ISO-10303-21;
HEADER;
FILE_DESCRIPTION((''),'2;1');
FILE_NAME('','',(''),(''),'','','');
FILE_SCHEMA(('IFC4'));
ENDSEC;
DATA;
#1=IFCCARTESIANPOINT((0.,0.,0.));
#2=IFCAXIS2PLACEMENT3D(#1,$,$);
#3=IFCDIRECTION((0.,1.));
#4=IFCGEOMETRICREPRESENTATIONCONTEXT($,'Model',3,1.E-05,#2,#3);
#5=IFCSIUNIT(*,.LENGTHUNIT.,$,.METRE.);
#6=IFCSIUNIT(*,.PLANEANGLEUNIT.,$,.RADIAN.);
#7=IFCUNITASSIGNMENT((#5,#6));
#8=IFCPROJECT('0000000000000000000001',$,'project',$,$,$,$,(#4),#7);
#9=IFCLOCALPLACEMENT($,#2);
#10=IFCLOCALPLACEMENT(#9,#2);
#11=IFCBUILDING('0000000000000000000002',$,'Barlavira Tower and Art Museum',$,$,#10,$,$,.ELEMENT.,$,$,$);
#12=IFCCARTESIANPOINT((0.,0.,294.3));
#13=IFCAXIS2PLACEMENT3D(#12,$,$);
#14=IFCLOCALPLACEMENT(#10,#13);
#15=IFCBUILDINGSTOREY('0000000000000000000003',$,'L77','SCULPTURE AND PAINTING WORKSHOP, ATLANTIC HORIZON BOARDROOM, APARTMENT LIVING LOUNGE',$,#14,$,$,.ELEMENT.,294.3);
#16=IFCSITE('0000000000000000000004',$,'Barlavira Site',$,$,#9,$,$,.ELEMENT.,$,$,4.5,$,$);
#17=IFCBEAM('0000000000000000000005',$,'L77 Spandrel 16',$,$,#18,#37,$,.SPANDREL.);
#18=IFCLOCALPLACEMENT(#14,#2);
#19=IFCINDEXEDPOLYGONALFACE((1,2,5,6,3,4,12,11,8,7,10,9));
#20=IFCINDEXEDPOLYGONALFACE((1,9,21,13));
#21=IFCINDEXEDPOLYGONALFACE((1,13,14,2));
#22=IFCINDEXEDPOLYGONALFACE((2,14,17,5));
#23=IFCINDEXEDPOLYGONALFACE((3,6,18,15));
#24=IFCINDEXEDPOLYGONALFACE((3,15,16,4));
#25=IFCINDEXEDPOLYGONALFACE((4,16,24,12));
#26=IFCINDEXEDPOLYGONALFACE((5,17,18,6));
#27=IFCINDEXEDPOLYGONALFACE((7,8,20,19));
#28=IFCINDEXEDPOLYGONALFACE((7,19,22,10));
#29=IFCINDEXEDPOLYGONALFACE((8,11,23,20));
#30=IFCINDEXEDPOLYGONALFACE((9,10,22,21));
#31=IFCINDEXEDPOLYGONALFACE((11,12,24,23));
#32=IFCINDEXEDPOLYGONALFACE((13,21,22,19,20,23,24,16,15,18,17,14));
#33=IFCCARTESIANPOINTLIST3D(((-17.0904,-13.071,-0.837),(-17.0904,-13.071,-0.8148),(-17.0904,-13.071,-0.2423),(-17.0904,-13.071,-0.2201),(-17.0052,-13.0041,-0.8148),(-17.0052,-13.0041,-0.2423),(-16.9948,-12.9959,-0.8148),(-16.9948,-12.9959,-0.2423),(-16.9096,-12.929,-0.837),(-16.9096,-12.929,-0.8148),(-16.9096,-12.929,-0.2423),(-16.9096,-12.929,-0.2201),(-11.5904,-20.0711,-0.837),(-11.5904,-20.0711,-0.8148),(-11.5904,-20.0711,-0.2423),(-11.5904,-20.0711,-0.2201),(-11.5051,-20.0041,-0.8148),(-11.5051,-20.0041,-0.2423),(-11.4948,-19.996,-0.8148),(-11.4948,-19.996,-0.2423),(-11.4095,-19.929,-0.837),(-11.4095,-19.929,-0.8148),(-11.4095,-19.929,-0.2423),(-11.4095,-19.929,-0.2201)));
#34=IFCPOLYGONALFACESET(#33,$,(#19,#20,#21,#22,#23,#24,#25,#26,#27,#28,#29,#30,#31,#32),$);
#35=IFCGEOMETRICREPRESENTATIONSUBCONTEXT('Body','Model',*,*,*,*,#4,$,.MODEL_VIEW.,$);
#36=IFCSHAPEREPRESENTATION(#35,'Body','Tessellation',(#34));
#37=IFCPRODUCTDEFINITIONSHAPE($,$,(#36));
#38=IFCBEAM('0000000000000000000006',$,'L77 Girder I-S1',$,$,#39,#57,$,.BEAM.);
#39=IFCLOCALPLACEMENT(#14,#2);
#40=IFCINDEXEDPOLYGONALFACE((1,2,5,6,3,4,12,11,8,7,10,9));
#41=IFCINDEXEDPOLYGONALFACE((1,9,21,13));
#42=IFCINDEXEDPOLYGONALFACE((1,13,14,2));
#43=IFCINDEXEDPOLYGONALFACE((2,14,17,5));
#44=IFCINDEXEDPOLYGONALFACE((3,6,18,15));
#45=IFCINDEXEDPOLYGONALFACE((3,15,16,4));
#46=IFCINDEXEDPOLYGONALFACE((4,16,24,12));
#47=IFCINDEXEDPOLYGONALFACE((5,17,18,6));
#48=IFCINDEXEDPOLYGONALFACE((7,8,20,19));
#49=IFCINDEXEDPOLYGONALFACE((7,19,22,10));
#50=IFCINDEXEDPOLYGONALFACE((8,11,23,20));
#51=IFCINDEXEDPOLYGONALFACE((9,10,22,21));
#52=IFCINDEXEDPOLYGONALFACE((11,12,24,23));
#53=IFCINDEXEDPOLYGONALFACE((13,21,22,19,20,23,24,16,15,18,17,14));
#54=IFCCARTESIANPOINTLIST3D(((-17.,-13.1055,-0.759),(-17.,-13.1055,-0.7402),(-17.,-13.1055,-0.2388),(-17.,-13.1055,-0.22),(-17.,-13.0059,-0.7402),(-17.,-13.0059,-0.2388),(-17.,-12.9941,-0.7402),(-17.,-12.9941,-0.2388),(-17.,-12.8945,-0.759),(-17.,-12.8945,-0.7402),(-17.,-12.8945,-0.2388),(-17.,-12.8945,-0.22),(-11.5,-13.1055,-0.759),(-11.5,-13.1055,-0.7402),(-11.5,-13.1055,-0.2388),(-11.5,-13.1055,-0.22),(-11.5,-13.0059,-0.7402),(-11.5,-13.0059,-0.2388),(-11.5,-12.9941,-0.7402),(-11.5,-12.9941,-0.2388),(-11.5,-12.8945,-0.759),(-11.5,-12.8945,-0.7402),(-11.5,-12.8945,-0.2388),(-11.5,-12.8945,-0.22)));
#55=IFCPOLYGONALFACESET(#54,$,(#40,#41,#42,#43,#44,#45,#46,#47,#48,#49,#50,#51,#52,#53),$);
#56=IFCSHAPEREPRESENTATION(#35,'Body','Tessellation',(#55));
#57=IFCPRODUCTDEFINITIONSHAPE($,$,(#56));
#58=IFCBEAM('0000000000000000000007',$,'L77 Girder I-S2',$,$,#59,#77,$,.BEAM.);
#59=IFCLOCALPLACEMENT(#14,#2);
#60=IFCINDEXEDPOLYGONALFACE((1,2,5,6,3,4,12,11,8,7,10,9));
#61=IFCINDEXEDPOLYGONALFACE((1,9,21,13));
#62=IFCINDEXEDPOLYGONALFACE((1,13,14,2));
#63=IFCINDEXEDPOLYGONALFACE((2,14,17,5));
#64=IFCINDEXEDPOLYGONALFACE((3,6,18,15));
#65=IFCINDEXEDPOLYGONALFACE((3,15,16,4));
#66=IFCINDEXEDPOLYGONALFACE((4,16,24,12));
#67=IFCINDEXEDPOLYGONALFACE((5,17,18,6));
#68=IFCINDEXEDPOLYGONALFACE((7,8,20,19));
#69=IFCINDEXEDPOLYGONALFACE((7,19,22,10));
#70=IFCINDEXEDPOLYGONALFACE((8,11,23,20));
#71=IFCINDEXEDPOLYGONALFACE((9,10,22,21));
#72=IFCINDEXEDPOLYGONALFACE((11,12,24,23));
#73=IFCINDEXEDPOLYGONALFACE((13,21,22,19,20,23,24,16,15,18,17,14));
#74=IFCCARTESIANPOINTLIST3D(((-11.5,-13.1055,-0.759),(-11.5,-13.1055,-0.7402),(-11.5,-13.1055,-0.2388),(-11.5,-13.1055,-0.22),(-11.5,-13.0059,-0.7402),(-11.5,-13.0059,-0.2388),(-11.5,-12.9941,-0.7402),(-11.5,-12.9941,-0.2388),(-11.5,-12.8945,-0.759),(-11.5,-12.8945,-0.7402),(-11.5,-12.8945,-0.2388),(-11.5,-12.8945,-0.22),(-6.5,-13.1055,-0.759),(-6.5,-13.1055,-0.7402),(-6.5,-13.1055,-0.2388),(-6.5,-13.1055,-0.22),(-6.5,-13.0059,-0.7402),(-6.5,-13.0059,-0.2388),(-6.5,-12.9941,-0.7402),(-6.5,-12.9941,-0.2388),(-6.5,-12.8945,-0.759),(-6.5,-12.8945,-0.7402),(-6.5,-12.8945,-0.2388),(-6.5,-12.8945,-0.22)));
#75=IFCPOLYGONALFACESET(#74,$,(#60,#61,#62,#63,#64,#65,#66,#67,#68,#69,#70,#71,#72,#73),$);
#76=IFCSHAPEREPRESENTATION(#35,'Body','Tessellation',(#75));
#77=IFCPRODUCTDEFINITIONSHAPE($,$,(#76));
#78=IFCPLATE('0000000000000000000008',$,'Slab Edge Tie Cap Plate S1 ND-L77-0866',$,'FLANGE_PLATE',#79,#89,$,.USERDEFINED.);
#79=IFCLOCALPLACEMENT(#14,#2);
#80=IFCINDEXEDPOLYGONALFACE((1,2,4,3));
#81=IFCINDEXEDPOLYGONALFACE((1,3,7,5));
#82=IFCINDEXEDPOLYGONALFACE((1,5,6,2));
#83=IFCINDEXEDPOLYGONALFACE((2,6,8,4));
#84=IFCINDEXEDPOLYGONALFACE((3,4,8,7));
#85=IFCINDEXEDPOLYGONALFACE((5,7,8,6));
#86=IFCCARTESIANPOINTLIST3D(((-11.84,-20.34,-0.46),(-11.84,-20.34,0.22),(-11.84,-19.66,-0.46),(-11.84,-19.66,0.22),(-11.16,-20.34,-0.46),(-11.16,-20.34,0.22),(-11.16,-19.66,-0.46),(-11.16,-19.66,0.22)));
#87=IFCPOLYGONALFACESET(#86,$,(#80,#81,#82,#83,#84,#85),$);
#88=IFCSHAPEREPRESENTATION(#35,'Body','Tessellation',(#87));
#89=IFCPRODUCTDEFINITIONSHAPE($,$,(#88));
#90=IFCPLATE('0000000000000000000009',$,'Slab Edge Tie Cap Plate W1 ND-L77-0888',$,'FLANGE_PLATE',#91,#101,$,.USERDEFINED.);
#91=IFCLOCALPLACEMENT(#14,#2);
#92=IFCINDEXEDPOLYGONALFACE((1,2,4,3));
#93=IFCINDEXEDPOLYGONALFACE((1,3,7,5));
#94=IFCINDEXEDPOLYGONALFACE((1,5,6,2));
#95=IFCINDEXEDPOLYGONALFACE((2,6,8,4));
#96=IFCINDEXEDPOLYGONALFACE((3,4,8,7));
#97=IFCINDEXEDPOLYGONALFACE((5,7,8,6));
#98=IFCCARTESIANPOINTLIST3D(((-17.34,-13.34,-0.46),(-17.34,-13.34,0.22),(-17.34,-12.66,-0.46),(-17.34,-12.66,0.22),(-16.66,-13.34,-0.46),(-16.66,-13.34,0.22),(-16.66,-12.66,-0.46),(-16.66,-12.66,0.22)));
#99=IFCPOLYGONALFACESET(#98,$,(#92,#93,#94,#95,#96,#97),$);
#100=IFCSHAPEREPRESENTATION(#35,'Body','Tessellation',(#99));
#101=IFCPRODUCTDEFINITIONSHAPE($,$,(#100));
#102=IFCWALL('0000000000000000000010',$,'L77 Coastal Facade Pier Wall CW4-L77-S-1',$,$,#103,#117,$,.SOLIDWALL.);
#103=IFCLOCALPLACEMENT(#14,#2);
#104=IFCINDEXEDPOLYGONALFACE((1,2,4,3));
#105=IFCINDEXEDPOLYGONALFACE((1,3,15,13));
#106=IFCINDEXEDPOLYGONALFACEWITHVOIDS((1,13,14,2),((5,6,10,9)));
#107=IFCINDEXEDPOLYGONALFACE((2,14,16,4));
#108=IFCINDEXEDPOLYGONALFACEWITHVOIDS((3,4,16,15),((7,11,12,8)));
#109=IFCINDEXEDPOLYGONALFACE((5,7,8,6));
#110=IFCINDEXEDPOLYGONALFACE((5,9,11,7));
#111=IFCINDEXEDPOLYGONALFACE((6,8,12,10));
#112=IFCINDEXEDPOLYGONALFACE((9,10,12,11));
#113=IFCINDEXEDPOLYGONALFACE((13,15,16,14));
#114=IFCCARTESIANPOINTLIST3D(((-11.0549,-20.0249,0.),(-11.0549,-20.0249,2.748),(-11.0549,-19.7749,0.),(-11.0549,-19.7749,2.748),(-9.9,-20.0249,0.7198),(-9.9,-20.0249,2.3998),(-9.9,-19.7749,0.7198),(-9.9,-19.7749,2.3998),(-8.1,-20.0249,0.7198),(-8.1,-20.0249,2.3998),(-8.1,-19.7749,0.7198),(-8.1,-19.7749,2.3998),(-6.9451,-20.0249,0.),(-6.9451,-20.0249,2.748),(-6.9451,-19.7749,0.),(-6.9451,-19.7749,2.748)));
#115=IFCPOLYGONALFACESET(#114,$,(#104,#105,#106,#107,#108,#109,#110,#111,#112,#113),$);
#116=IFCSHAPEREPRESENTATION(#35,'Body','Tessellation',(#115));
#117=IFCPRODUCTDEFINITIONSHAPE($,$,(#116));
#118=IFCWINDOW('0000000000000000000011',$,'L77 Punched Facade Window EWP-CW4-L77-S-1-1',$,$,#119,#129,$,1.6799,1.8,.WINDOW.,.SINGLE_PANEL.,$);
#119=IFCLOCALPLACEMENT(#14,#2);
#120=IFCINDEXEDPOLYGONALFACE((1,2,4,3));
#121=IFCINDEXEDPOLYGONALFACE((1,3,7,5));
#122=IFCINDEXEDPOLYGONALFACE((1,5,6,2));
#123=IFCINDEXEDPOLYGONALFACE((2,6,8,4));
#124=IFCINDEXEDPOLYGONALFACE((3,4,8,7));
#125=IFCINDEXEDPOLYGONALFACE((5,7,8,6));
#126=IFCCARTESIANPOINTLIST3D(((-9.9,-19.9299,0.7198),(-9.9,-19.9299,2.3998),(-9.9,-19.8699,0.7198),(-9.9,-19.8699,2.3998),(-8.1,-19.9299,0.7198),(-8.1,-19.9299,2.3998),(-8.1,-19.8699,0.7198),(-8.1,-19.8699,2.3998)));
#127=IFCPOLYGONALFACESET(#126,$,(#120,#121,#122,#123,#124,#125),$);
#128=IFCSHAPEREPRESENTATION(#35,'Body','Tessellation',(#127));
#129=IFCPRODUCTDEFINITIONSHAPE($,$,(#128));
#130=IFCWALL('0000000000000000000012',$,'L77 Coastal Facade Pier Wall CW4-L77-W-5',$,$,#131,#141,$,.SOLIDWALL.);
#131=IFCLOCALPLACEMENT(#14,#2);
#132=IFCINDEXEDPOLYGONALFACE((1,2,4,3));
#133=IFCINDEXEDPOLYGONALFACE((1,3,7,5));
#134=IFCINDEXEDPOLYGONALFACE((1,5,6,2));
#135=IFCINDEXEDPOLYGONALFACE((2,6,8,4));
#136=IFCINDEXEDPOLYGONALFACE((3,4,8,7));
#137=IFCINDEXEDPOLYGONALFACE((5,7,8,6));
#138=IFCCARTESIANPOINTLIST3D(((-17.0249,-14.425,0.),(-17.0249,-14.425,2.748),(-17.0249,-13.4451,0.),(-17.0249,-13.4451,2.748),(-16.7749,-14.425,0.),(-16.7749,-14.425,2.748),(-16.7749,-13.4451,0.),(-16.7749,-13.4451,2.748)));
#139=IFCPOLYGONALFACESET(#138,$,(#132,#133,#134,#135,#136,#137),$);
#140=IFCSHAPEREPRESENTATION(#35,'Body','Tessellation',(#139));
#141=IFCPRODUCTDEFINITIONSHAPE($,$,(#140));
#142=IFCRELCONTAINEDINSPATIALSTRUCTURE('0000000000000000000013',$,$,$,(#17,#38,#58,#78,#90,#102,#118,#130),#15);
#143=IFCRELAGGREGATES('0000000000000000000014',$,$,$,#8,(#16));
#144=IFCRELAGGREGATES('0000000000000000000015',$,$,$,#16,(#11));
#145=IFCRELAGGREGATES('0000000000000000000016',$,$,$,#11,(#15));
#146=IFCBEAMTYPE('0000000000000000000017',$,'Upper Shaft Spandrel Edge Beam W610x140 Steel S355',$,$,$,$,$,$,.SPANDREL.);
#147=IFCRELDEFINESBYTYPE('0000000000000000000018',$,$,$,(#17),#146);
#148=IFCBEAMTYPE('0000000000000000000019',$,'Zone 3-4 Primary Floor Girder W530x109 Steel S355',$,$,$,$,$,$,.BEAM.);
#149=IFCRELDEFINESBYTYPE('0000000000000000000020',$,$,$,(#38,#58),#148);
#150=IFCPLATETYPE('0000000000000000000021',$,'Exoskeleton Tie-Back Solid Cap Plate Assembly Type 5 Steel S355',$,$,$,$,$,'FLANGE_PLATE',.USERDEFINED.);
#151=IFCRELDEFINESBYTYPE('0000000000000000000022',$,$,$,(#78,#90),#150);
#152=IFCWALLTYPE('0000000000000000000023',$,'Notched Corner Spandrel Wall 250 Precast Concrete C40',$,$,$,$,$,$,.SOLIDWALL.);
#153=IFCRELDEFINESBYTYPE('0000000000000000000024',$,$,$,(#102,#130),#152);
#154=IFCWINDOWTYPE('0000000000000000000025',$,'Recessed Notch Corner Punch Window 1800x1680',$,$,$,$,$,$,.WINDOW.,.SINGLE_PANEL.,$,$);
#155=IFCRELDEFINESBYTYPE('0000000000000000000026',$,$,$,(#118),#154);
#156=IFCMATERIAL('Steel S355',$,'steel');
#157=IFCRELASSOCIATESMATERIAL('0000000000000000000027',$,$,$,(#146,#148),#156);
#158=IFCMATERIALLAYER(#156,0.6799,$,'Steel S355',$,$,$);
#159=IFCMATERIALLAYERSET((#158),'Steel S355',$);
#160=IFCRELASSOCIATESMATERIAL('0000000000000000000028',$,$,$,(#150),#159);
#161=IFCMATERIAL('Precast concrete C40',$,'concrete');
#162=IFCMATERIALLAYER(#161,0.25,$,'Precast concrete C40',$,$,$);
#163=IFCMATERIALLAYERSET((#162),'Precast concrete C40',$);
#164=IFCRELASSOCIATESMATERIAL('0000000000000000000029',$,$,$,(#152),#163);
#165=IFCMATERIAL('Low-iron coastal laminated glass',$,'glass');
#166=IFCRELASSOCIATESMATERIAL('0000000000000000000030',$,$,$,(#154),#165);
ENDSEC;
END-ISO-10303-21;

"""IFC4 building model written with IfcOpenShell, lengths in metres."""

from ifc_helpers import new_model, si_unit, direction, frame, frame_2d, origin, origin_2d, place, context, subcontext, project, spatial, rectangle, i_section, extrude, material, layer, layer_set, material_profile, profile_set, type_object, element, fill, save


model = new_model("IFC4")

# Units and contexts
model_context = context("Model", 3, precision=1e-05, world=origin(), true_north=direction((0.0, 1.0)))
body_context = subcontext(model_context, "Body", "Model", "MODEL_VIEW")
ifc_project = project(units=[si_unit("LENGTHUNIT", "METRE"), si_unit("PLANEANGLEUNIT", "RADIAN")], contexts=[model_context])

# Site, building, storey
site_placement = place(None, origin())
site = spatial("IfcSite", under=ifc_project, at=site_placement, Name="Barlavira Site", CompositionType="ELEMENT", RefElevation=4.5)
building_placement = place(site_placement, origin())
building = spatial("IfcBuilding", under=site, at=building_placement, Name="Barlavira Tower and Art Museum", CompositionType="ELEMENT")
storey_placement = place(building_placement, frame((0.0, 0.0, 294.3)))
storey = spatial("IfcBuildingStorey", under=building, at=storey_placement, Name="L77", Description="SCULPTURE AND PAINTING WORKSHOP, ATLANTIC HORIZON BOARDROOM, APARTMENT LIVING LOUNGE", CompositionType="ELEMENT", Elevation=294.3)

# Shared definitions
ifc_material_1 = material(Name="Steel S355", Category="steel")

# Beams
ifc_material_profile_1 = material_profile(ifc_material_1, i_section(OverallWidth=0.23, OverallDepth=0.6169, WebThickness=0.0132, FlangeThickness=0.0222, at=origin_2d()), Name="W610x140.0")
ifc_profile_set_1 = profile_set([ifc_material_profile_1], Name="Steel S355")
beam_type_1 = type_object("IfcBeamType", Name="Upper Shaft Spandrel Edge Beam W610x140 Steel S355", PredefinedType="SPANDREL", material=ifc_profile_set_1)
beam_1_placement = place(storey_placement, frame((-17.0, -13.0, -0.5286), z_axis=(0.617822, -0.786318, 0.0), x_axis=(0.786318, 0.617822, 0.0)))
element("IfcBeam", 1, at=beam_1_placement, inside=storey, type_object=beam_type_1, Name="L77 Spandrel 16", PredefinedType="SPANDREL", context=body_context, shape_type="SweptSolid", body=[
    extrude(i_section(OverallWidth=0.23, OverallDepth=0.6169, WebThickness=0.0132, FlangeThickness=0.0222, at=origin_2d()), origin(), (0.0, 0.0, 1.0), 8.9023),
])
ifc_material_profile_2 = material_profile(ifc_material_1, i_section(OverallWidth=0.2109, OverallDepth=0.5391, WebThickness=0.0117, FlangeThickness=0.0188, at=origin_2d()), Name="W530x109.0")
ifc_profile_set_2 = profile_set([ifc_material_profile_2], Name="Steel S355")
beam_type_2 = type_object("IfcBeamType", Name="Zone 3-4 Primary Floor Girder W530x109 Steel S355", PredefinedType="BEAM", material=ifc_profile_set_2)
beam_2_placement = place(storey_placement, frame((-17.0, -13.0, -0.4895), z_axis=(1.0, 0.0, 0.0), x_axis=(0.0, 1.0, 0.0)))
element("IfcBeam", 2, at=beam_2_placement, inside=storey, type_object=beam_type_2, Name="L77 Girder I-S1", PredefinedType="BEAM", context=body_context, shape_type="SweptSolid", body=[
    extrude(i_section(OverallWidth=0.2109, OverallDepth=0.5391, WebThickness=0.0117, FlangeThickness=0.0188, at=origin_2d()), origin(), (0.0, 0.0, 1.0), 5.5),
])
beam_3_placement = place(storey_placement, frame((-11.5, -13.0, -0.4895), z_axis=(1.0, 0.0, 0.0), x_axis=(0.0, 1.0, 0.0)))
element("IfcBeam", 3, at=beam_3_placement, inside=storey, type_object=beam_type_2, Name="L77 Girder I-S2", PredefinedType="BEAM", context=body_context, shape_type="SweptSolid", body=[
    extrude(i_section(OverallWidth=0.2109, OverallDepth=0.5391, WebThickness=0.0117, FlangeThickness=0.0188, at=origin_2d()), origin(), (0.0, 0.0, 1.0), 5.0),
])

# Plates
ifc_layer_1 = layer(ifc_material_1, 0.6799, Name="Steel S355")
ifc_layer_set_1 = layer_set([ifc_layer_1], Name="Steel S355")
plate_type = type_object("IfcPlateType", Name="Exoskeleton Tie-Back Solid Cap Plate Assembly Type 5 Steel S355", ElementType="FLANGE_PLATE", PredefinedType="USERDEFINED", material=ifc_layer_set_1)
for number, where, z_axis, x_axis, name in (
    (4, (-11.5, -20.0, -0.46), (0.0, 0.0, 1.0), (1.0, 0.0, 0.0), "Slab Edge Tie Cap Plate S1 ND-L77-0866"),
    (5, (-17.0, -13.0, -0.46), (0.0, 0.0, 1.0), (1.0, 0.0, 0.0), "Slab Edge Tie Cap Plate W1 ND-L77-0888"),
):
    element("IfcPlate", number, at=place(storey_placement, frame(where, z_axis=z_axis, x_axis=x_axis)), inside=storey, type_object=plate_type, Name=name, ObjectType="FLANGE_PLATE", PredefinedType="USERDEFINED", context=body_context, shape_type="SweptSolid", body=[
        extrude(rectangle(XDim=0.6799, YDim=0.6799, at=origin_2d()), origin(), (0.0, 0.0, 1.0), 0.6799),
    ])

# Wall, opening, window
ifc_material_2 = material(Name="Precast concrete C40", Category="concrete")
ifc_layer_2 = layer(ifc_material_2, 0.25, Name="Precast concrete C40")
ifc_layer_set_2 = layer_set([ifc_layer_2], Name="Precast concrete C40")
wall_type = type_object("IfcWallType", Name="Notched Corner Spandrel Wall 250 Precast Concrete C40", PredefinedType="SOLIDWALL", material=ifc_layer_set_2)
wall_1_placement = place(storey_placement, frame((-11.0549, -19.8999, 0.0), z_axis=(0.0, 0.0, 1.0), x_axis=(1.0, 0.0, 0.0)))
wall_1 = element("IfcWall", 6, at=wall_1_placement, inside=storey, type_object=wall_type, Name="L77 Coastal Facade Pier Wall CW4-L77-S-1", PredefinedType="SOLIDWALL", context=body_context, shape_type="SweptSolid", body=[
    extrude(rectangle(XDim=4.1099, YDim=0.25, at=frame_2d((2.0549, 0.0))), origin(), (0.0, 0.0, 1.0), 2.748),
])
opening_1_placement = place(wall_1_placement, frame((1.155, 0.0, 0.72)))
opening_1 = element("IfcOpeningElement", 7, at=opening_1_placement, cuts=wall_1, PredefinedType="OPENING", context=body_context, shape_type="SweptSolid", body=[
    extrude(rectangle(XDim=1.8, YDim=1.6799, at=frame_2d((0.8999, 0.8398))), frame((0.0, 0.135, 0.0), z_axis=(0.0, -1.0, 0.0), x_axis=(1.0, 0.0, 0.0)), (0.0, 0.0, 1.0), 0.27),
])
ifc_material_3 = material(Name="Low-iron coastal laminated glass", Category="glass")
window_type = type_object("IfcWindowType", Name="Recessed Notch Corner Punch Window 1800x1680", PartitioningType="SINGLE_PANEL", PredefinedType="WINDOW", material=ifc_material_3)
window_1_placement = place(opening_1_placement, origin())
window_1 = element("IfcWindow", 8, at=window_1_placement, inside=storey, type_object=window_type, Name="L77 Punched Facade Window EWP-CW4-L77-S-1-1", OverallHeight=1.6799, OverallWidth=1.8, PartitioningType="SINGLE_PANEL", PredefinedType="WINDOW", context=body_context, shape_type="SweptSolid", body=[
    extrude(rectangle(XDim=1.8, YDim=1.6799, at=frame_2d((0.8999, 0.8398))), frame((0.0, 0.03, 0.0), z_axis=(0.0, -1.0, 0.0), x_axis=(1.0, 0.0, 0.0)), (0.0, 0.0, 1.0), 0.0601),
])
fill(opening_1, window_1)

# Wall
wall_2_placement = place(storey_placement, frame((-16.8999, -13.4451, 0.0), z_axis=(0.0, 0.0, 1.0), x_axis=(0.0, -1.0, 0.0)))
element("IfcWall", 9, at=wall_2_placement, inside=storey, type_object=wall_type, Name="L77 Coastal Facade Pier Wall CW4-L77-W-5", PredefinedType="SOLIDWALL", context=body_context, shape_type="SweptSolid", body=[
    extrude(rectangle(XDim=0.98, YDim=0.25, at=frame_2d((0.49, 0.0))), origin(), (0.0, 0.0, 1.0), 2.748),
])

save(model, "model.ifc")
